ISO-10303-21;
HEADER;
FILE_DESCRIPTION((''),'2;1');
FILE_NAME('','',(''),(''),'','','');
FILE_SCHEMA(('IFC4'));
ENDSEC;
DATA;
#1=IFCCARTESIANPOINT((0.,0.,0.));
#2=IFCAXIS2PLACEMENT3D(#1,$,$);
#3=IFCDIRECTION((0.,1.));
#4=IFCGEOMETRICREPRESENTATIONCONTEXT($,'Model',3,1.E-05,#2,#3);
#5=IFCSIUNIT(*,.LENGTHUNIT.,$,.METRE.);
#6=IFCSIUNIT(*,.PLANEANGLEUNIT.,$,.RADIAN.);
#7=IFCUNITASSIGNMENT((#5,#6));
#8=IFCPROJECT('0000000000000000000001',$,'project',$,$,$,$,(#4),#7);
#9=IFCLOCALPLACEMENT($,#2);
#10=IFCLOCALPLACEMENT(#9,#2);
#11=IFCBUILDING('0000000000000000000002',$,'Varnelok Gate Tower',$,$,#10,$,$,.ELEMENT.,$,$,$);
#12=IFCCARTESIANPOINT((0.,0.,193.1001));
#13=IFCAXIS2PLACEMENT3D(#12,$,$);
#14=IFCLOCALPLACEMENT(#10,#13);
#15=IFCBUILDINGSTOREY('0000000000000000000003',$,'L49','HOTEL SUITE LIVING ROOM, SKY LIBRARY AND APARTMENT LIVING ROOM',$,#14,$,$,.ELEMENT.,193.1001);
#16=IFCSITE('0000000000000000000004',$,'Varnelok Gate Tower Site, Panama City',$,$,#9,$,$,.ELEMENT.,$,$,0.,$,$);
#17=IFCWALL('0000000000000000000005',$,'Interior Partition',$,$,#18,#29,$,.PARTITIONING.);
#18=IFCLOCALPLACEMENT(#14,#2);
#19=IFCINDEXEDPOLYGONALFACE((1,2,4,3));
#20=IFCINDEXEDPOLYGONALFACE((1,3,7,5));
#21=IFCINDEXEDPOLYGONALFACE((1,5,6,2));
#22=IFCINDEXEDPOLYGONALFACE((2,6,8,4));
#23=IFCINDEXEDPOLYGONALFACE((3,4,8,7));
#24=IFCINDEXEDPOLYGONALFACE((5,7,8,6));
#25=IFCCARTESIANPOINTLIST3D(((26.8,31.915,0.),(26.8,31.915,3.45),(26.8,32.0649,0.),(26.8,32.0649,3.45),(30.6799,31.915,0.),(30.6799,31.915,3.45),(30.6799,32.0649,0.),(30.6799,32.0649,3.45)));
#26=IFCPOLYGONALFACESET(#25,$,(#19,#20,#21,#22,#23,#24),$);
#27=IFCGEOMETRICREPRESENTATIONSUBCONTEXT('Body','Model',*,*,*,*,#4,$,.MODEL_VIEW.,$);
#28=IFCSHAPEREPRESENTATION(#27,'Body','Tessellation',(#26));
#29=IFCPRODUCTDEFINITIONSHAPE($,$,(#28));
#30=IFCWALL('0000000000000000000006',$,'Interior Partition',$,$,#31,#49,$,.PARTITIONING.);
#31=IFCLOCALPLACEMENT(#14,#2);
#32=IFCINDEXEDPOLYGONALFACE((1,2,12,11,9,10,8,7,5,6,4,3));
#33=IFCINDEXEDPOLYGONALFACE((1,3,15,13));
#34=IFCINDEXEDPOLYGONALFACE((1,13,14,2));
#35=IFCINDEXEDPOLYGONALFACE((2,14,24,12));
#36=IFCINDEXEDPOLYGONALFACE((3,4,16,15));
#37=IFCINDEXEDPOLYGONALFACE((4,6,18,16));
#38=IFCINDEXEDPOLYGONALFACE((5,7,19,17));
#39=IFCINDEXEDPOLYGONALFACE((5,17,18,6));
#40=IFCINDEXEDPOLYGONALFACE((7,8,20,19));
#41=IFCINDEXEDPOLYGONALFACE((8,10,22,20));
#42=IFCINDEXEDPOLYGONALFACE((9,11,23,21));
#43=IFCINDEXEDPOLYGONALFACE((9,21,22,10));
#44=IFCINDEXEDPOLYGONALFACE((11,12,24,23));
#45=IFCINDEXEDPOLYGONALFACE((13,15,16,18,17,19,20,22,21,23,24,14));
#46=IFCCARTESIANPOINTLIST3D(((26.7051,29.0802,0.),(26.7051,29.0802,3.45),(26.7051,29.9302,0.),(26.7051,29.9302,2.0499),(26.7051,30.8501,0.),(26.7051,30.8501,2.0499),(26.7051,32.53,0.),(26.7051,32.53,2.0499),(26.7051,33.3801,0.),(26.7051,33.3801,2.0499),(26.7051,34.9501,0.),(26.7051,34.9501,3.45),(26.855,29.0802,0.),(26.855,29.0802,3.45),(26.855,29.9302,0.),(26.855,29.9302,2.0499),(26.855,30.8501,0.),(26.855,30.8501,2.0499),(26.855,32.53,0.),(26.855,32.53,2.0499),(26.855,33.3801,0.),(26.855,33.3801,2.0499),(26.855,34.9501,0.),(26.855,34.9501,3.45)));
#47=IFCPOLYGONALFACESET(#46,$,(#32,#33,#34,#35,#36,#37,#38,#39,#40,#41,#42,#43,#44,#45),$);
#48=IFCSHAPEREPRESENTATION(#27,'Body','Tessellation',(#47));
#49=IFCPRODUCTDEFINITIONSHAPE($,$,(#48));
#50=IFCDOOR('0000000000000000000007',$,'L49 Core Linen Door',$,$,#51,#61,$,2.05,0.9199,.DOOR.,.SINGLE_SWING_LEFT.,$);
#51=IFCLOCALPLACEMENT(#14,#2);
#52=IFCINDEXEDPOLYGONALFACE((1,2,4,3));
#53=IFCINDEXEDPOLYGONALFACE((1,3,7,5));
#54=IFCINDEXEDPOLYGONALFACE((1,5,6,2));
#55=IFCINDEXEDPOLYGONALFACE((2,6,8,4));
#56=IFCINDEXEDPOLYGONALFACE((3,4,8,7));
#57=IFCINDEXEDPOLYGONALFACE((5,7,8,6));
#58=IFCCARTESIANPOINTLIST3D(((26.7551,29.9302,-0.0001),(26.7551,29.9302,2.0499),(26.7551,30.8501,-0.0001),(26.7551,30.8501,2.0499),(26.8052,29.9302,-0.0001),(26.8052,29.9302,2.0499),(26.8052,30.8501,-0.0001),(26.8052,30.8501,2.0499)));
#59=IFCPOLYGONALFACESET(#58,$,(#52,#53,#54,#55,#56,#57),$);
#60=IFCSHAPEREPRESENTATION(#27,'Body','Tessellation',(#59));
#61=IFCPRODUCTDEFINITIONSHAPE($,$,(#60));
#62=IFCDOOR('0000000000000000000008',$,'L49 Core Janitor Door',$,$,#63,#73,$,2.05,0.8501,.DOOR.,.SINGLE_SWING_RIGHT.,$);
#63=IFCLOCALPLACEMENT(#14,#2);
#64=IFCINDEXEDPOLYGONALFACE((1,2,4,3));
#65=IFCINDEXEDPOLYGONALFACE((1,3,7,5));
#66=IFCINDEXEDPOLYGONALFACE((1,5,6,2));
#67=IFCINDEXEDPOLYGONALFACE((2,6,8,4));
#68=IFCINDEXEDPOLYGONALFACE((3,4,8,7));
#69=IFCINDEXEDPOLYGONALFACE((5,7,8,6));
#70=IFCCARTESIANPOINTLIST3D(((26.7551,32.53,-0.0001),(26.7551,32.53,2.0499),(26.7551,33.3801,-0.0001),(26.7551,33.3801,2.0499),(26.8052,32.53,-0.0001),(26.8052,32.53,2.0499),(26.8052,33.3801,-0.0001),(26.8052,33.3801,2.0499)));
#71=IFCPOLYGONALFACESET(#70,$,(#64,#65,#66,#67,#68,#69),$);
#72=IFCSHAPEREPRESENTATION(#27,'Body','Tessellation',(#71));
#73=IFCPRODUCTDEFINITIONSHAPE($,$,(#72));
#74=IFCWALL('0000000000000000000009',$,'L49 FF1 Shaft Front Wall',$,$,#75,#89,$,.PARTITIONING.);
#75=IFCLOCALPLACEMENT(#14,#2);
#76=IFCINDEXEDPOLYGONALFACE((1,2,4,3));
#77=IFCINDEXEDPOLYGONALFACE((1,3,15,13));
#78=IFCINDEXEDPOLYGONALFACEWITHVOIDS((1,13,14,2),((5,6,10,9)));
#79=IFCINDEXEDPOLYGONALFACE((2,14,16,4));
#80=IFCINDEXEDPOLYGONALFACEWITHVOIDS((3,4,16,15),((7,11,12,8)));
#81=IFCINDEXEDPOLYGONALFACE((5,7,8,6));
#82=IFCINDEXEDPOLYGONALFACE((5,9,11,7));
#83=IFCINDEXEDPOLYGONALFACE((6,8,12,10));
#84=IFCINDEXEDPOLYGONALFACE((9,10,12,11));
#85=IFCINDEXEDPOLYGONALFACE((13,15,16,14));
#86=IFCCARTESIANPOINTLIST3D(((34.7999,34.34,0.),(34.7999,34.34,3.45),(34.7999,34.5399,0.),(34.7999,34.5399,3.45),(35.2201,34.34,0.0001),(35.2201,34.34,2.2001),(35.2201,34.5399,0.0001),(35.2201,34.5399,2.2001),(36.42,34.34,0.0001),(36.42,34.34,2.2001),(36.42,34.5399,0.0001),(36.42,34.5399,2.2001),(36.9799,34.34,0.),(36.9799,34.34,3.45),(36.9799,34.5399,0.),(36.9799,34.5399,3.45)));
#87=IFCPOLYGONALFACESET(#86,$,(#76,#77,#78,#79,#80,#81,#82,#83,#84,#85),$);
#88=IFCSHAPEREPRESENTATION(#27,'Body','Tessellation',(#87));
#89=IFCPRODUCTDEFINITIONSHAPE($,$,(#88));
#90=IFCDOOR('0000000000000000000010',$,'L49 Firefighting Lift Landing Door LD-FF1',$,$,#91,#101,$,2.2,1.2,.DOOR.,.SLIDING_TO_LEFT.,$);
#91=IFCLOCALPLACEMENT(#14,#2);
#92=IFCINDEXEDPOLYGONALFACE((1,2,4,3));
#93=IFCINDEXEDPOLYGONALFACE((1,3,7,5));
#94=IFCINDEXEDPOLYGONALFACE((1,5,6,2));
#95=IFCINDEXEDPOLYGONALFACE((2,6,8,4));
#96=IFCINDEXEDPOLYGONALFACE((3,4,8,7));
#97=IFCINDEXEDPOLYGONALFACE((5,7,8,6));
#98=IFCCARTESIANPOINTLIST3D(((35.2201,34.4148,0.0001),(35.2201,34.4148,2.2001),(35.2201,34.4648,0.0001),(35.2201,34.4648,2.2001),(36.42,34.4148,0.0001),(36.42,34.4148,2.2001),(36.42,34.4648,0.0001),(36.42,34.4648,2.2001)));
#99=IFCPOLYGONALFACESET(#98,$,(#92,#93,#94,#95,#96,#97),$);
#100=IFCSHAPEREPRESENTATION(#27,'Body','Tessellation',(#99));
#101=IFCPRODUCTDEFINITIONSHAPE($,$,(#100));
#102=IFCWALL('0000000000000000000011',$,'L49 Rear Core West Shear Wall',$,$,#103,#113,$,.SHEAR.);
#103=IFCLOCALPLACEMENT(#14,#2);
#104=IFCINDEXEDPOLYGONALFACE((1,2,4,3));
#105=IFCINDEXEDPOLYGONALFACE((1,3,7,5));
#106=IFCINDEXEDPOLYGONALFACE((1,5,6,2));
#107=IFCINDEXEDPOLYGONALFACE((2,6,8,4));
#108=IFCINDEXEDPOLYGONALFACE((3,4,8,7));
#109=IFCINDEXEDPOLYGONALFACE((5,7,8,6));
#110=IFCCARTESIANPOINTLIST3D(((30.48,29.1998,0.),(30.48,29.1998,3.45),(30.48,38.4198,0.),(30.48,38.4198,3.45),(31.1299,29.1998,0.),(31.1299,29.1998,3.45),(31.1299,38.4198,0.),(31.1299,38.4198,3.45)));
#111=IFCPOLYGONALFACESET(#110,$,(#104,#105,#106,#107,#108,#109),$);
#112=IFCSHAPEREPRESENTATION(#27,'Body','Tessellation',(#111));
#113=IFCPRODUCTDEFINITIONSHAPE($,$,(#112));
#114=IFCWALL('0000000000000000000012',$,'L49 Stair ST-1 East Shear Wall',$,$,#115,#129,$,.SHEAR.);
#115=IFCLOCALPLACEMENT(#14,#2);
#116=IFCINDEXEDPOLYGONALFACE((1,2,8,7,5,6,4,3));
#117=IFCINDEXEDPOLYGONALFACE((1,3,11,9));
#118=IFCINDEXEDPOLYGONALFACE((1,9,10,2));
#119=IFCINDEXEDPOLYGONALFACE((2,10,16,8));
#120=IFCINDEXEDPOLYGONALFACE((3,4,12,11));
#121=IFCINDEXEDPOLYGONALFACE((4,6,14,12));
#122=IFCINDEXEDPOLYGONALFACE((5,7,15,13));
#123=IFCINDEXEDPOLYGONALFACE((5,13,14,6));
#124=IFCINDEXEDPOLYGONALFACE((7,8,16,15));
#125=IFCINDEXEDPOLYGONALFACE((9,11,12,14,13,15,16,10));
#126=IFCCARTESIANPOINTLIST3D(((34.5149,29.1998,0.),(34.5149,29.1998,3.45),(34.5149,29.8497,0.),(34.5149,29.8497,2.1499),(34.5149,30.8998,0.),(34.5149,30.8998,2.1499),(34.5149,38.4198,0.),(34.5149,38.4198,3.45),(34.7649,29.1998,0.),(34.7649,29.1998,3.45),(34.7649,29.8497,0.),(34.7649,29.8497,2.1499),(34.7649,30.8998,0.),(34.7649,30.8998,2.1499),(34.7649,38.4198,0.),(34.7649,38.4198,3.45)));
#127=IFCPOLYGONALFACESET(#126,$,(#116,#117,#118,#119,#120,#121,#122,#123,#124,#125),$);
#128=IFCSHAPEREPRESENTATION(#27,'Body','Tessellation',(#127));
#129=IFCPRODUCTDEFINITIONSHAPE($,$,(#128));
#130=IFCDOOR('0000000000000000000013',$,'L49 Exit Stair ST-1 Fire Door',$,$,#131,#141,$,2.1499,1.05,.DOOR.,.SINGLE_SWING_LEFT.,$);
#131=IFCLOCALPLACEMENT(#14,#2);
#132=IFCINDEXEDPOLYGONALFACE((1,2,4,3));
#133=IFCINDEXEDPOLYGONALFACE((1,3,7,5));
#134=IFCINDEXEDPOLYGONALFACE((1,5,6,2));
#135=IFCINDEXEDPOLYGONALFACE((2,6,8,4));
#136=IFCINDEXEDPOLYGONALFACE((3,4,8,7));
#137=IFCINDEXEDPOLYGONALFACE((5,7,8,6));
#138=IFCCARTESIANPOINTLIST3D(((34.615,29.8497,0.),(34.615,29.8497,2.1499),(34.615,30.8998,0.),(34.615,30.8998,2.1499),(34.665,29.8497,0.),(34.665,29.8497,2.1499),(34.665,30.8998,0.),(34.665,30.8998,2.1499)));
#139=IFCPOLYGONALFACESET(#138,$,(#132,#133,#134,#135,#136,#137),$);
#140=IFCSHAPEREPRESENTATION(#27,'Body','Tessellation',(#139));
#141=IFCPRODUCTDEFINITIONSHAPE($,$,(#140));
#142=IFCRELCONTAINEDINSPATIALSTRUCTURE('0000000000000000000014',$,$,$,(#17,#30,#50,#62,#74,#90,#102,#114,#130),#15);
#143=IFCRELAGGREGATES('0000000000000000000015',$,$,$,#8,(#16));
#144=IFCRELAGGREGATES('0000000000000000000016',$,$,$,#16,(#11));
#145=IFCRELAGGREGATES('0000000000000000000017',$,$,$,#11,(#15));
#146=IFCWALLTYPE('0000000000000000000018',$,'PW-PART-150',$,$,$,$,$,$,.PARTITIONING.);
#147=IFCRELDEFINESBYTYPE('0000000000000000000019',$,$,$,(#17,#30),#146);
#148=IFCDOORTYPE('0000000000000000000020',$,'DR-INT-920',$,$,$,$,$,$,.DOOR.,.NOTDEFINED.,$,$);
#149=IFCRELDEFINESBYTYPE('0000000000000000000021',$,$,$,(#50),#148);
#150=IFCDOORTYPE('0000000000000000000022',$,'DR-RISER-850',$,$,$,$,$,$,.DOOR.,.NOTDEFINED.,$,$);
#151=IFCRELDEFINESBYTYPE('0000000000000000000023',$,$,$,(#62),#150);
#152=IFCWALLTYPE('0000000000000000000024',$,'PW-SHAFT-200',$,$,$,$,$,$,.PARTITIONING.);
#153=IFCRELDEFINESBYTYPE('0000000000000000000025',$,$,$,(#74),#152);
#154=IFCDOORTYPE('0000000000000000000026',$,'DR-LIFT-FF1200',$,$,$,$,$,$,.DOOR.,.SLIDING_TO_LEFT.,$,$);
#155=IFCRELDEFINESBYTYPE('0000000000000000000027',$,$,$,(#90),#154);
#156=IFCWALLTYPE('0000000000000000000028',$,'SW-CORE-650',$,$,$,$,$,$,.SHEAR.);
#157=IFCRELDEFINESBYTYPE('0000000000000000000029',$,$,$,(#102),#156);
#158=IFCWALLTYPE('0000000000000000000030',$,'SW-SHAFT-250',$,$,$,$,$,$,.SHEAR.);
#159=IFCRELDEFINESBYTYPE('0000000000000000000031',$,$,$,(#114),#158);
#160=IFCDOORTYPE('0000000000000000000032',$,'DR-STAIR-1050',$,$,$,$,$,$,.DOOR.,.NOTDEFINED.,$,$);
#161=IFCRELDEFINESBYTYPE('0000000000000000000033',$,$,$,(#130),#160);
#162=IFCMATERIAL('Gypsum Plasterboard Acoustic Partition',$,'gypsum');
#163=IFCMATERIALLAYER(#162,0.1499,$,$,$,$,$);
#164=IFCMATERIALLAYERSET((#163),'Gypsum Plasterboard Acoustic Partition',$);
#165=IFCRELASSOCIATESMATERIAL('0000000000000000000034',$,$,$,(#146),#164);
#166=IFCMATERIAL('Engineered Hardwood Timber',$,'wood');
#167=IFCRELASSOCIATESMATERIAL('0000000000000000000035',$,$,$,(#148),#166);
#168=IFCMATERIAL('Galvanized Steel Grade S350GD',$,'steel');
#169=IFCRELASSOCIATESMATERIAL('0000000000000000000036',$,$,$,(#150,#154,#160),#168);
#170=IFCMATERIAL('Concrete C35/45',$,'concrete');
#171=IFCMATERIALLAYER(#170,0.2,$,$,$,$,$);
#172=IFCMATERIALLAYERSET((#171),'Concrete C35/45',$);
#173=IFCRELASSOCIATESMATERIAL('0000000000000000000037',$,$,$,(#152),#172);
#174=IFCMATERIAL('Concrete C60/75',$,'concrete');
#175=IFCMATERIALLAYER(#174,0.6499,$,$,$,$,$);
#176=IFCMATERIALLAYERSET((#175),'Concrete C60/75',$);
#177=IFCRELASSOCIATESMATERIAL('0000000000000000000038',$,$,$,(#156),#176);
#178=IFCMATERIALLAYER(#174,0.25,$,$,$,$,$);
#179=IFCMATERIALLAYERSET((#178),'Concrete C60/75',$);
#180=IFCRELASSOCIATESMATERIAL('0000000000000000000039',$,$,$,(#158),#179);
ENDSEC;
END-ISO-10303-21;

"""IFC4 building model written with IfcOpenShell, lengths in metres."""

from ifc_helpers import new_model, si_unit, direction, frame, frame_2d, origin, place, context, subcontext, project, spatial, rectangle, extrude, material, layer, layer_set, type_object, element, fill, save


model = new_model("IFC4")

# Units and contexts
model_context = context("Model", 3, precision=1e-05, world=origin(), true_north=direction((0.0, 1.0)))
body_context = subcontext(model_context, "Body", "Model", "MODEL_VIEW")
ifc_project = project(units=[si_unit("LENGTHUNIT", "METRE"), si_unit("PLANEANGLEUNIT", "RADIAN")], contexts=[model_context])

# Site, building, storey
site_placement = place(None, origin())
site = spatial("IfcSite", under=ifc_project, at=site_placement, Name="Varnelok Gate Tower Site, Panama City", CompositionType="ELEMENT", RefElevation=0.0)
building_placement = place(site_placement, origin())
building = spatial("IfcBuilding", under=site, at=building_placement, Name="Varnelok Gate Tower", CompositionType="ELEMENT")
storey_placement = place(building_placement, frame((0.0, 0.0, 193.1001)))
storey = spatial("IfcBuildingStorey", under=building, at=storey_placement, Name="L49", Description="HOTEL SUITE LIVING ROOM, SKY LIBRARY AND APARTMENT LIVING ROOM", CompositionType="ELEMENT", Elevation=193.1001)

# Wall
ifc_material_1 = material(Name="Gypsum Plasterboard Acoustic Partition", Category="gypsum")
ifc_layer_1 = layer(ifc_material_1, 0.1499)
ifc_layer_set_1 = layer_set([ifc_layer_1], Name="Gypsum Plasterboard Acoustic Partition")
wall_type_1 = type_object("IfcWallType", Name="PW-PART-150", PredefinedType="PARTITIONING", material=ifc_layer_set_1)
wall_1_placement = place(storey_placement, frame((26.8, 31.99, 0.0), z_axis=(0.0, 0.0, 1.0), x_axis=(1.0, 0.0, 0.0)))
element("IfcWall", 1, at=wall_1_placement, inside=storey, type_object=wall_type_1, Name="Interior Partition", PredefinedType="PARTITIONING", context=body_context, shape_type="SweptSolid", body=[
    extrude(rectangle(XDim=3.8799, YDim=0.1499, at=frame_2d((1.9399, 0.0))), origin(), (0.0, 0.0, 1.0), 3.45),
])

# Wall, openings, doors
wall_2_placement = place(storey_placement, frame((26.78, 29.0801, 0.0), z_axis=(0.0, 0.0, 1.0), x_axis=(0.0, 1.0, 0.0)))
wall_2 = element("IfcWall", 2, at=wall_2_placement, inside=storey, type_object=wall_type_1, Name="Interior Partition", PredefinedType="PARTITIONING", context=body_context, shape_type="SweptSolid", body=[
    extrude(rectangle(XDim=5.8699, YDim=0.1499, at=frame_2d((2.9351, 0.0))), origin(), (0.0, 0.0, 1.0), 3.45),
])
opening_1_placement = place(wall_2_placement, frame((0.8501, 0.0, 0.0)))
opening_1 = element("IfcOpeningElement", 3, at=opening_1_placement, cuts=wall_2, PredefinedType="OPENING", context=body_context, shape_type="SweptSolid", body=[
    extrude(rectangle(XDim=0.9199, YDim=2.05, at=frame_2d((0.46, 1.0249))), frame((0.0, 0.085, 0.0), z_axis=(0.0, -1.0, 0.0), x_axis=(1.0, 0.0, 0.0)), (0.0, 0.0, 1.0), 0.1699),
])
opening_2_placement = place(wall_2_placement, frame((3.45, 0.0, 0.0)))
opening_2 = element("IfcOpeningElement", 4, at=opening_2_placement, cuts=wall_2, PredefinedType="OPENING", context=body_context, shape_type="SweptSolid", body=[
    extrude(rectangle(XDim=0.8501, YDim=2.05, at=frame_2d((0.425, 1.0249))), frame((0.0, 0.085, 0.0), z_axis=(0.0, -1.0, 0.0), x_axis=(1.0, 0.0, 0.0)), (0.0, 0.0, 1.0), 0.1699),
])
ifc_material_2 = material(Name="Engineered Hardwood Timber", Category="wood")
door_type_1 = type_object("IfcDoorType", Name="DR-INT-920", OperationType="NOTDEFINED", PredefinedType="DOOR", material=ifc_material_2)
door_1_placement = place(opening_1_placement, origin())
door_1 = element("IfcDoor", 5, at=door_1_placement, inside=storey, type_object=door_type_1, Name="L49 Core Linen Door", OperationType="SINGLE_SWING_LEFT", OverallHeight=2.05, OverallWidth=0.9199, PredefinedType="DOOR", context=body_context, shape_type="SweptSolid", body=[
    extrude(rectangle(XDim=0.9199, YDim=2.05, at=frame_2d((0.46, 1.0249))), frame((0.0, 0.0249, 0.0), z_axis=(0.0, -1.0, 0.0), x_axis=(1.0, 0.0, 0.0)), (0.0, 0.0, 1.0), 0.05),
])
fill(opening_1, door_1)
ifc_material_3 = material(Name="Galvanized Steel Grade S350GD", Category="steel")
door_type_2 = type_object("IfcDoorType", Name="DR-RISER-850", OperationType="NOTDEFINED", PredefinedType="DOOR", material=ifc_material_3)
door_2_placement = place(opening_2_placement, origin())
door_2 = element("IfcDoor", 6, at=door_2_placement, inside=storey, type_object=door_type_2, Name="L49 Core Janitor Door", OperationType="SINGLE_SWING_RIGHT", OverallHeight=2.05, OverallWidth=0.8501, PredefinedType="DOOR", context=body_context, shape_type="SweptSolid", body=[
    extrude(rectangle(XDim=0.8501, YDim=2.05, at=frame_2d((0.425, 1.0249))), frame((0.0, 0.0249, 0.0), z_axis=(0.0, -1.0, 0.0), x_axis=(1.0, 0.0, 0.0)), (0.0, 0.0, 1.0), 0.05),
])
fill(opening_2, door_2)

# Wall, opening, door
ifc_material_4 = material(Name="Concrete C35/45", Category="concrete")
ifc_layer_2 = layer(ifc_material_4, 0.2)
ifc_layer_set_2 = layer_set([ifc_layer_2], Name="Concrete C35/45")
wall_type_2 = type_object("IfcWallType", Name="PW-SHAFT-200", PredefinedType="PARTITIONING", material=ifc_layer_set_2)
wall_3_placement = place(storey_placement, frame((34.8, 34.4399, 0.0), z_axis=(0.0, 0.0, 1.0), x_axis=(1.0, 0.0, 0.0)))
wall_3 = element("IfcWall", 7, at=wall_3_placement, inside=storey, type_object=wall_type_2, Name="L49 FF1 Shaft Front Wall", PredefinedType="PARTITIONING", context=body_context, shape_type="SweptSolid", body=[
    extrude(rectangle(XDim=2.1799, YDim=0.2, at=frame_2d((1.0898, 0.0))), origin(), (0.0, 0.0, 1.0), 3.45),
])
opening_3_placement = place(wall_3_placement, frame((0.4199, 0.0, 0.0)))
opening_3 = element("IfcOpeningElement", 8, at=opening_3_placement, cuts=wall_3, PredefinedType="OPENING", context=body_context, shape_type="SweptSolid", body=[
    extrude(rectangle(XDim=1.2, YDim=2.2, at=frame_2d((0.6001, 1.1001))), frame((0.0, 0.1099, 0.0), z_axis=(0.0, -1.0, 0.0), x_axis=(1.0, 0.0, 0.0)), (0.0, 0.0, 1.0), 0.22),
])
door_type_3 = type_object("IfcDoorType", Name="DR-LIFT-FF1200", OperationType="SLIDING_TO_LEFT", PredefinedType="DOOR", material=ifc_material_3)
door_3_placement = place(opening_3_placement, origin())
door_3 = element("IfcDoor", 9, at=door_3_placement, inside=storey, type_object=door_type_3, Name="L49 Firefighting Lift Landing Door LD-FF1", OperationType="SLIDING_TO_LEFT", OverallHeight=2.2, OverallWidth=1.2, PredefinedType="DOOR", context=body_context, shape_type="SweptSolid", body=[
    extrude(rectangle(XDim=1.2, YDim=2.2, at=frame_2d((0.6001, 1.1001))), frame((0.0, 0.0249, 0.0), z_axis=(0.0, -1.0, 0.0), x_axis=(1.0, 0.0, 0.0)), (0.0, 0.0, 1.0), 0.05),
])
fill(opening_3, door_3)

# Wall
ifc_material_5 = material(Name="Concrete C60/75", Category="concrete")
ifc_layer_3 = layer(ifc_material_5, 0.6499)
ifc_layer_set_3 = layer_set([ifc_layer_3], Name="Concrete C60/75")
wall_type_3 = type_object("IfcWallType", Name="SW-CORE-650", PredefinedType="SHEAR", material=ifc_layer_set_3)
wall_4_placement = place(storey_placement, frame((30.8049, 29.2, 0.0), z_axis=(0.0, 0.0, 1.0), x_axis=(0.0, 1.0, 0.0)))
element("IfcWall", 10, at=wall_4_placement, inside=storey, type_object=wall_type_3, Name="L49 Rear Core West Shear Wall", PredefinedType="SHEAR", context=body_context, shape_type="SweptSolid", body=[
    extrude(rectangle(XDim=9.22, YDim=0.6499, at=frame_2d((4.6099, 0.0))), origin(), (0.0, 0.0, 1.0), 3.45),
])

# Wall, opening, door
ifc_layer_4 = layer(ifc_material_5, 0.25)
ifc_layer_set_4 = layer_set([ifc_layer_4], Name="Concrete C60/75")
wall_type_4 = type_object("IfcWallType", Name="SW-SHAFT-250", PredefinedType="SHEAR", material=ifc_layer_set_4)
wall_5_placement = place(storey_placement, frame((34.6399, 29.2, 0.0), z_axis=(0.0, 0.0, 1.0), x_axis=(0.0, 1.0, 0.0)))
wall_5 = element("IfcWall", 11, at=wall_5_placement, inside=storey, type_object=wall_type_4, Name="L49 Stair ST-1 East Shear Wall", PredefinedType="SHEAR", context=body_context, shape_type="SweptSolid", body=[
    extrude(rectangle(XDim=9.22, YDim=0.25, at=frame_2d((4.6099, 0.0))), origin(), (0.0, 0.0, 1.0), 3.45),
])
opening_4_placement = place(wall_5_placement, frame((0.6499, 0.0, 0.0)))
opening_4 = element("IfcOpeningElement", 12, at=opening_4_placement, cuts=wall_5, PredefinedType="OPENING", context=body_context, shape_type="SweptSolid", body=[
    extrude(rectangle(XDim=1.05, YDim=2.1499, at=frame_2d((0.5249, 1.075))), frame((0.0, 0.135, 0.0), z_axis=(0.0, -1.0, 0.0), x_axis=(1.0, 0.0, 0.0)), (0.0, 0.0, 1.0), 0.27),
])
door_type_4 = type_object("IfcDoorType", Name="DR-STAIR-1050", OperationType="NOTDEFINED", PredefinedType="DOOR", material=ifc_material_3)
door_4_placement = place(opening_4_placement, origin())
door_4 = element("IfcDoor", 13, at=door_4_placement, inside=storey, type_object=door_type_4, Name="L49 Exit Stair ST-1 Fire Door", OperationType="SINGLE_SWING_LEFT", OverallHeight=2.1499, OverallWidth=1.05, PredefinedType="DOOR", context=body_context, shape_type="SweptSolid", body=[
    extrude(rectangle(XDim=1.05, YDim=2.1499, at=frame_2d((0.5249, 1.075))), frame((0.0, 0.0249, 0.0), z_axis=(0.0, -1.0, 0.0), x_axis=(1.0, 0.0, 0.0)), (0.0, 0.0, 1.0), 0.05),
])
fill(opening_4, door_4)

save(model, "model.ifc")
